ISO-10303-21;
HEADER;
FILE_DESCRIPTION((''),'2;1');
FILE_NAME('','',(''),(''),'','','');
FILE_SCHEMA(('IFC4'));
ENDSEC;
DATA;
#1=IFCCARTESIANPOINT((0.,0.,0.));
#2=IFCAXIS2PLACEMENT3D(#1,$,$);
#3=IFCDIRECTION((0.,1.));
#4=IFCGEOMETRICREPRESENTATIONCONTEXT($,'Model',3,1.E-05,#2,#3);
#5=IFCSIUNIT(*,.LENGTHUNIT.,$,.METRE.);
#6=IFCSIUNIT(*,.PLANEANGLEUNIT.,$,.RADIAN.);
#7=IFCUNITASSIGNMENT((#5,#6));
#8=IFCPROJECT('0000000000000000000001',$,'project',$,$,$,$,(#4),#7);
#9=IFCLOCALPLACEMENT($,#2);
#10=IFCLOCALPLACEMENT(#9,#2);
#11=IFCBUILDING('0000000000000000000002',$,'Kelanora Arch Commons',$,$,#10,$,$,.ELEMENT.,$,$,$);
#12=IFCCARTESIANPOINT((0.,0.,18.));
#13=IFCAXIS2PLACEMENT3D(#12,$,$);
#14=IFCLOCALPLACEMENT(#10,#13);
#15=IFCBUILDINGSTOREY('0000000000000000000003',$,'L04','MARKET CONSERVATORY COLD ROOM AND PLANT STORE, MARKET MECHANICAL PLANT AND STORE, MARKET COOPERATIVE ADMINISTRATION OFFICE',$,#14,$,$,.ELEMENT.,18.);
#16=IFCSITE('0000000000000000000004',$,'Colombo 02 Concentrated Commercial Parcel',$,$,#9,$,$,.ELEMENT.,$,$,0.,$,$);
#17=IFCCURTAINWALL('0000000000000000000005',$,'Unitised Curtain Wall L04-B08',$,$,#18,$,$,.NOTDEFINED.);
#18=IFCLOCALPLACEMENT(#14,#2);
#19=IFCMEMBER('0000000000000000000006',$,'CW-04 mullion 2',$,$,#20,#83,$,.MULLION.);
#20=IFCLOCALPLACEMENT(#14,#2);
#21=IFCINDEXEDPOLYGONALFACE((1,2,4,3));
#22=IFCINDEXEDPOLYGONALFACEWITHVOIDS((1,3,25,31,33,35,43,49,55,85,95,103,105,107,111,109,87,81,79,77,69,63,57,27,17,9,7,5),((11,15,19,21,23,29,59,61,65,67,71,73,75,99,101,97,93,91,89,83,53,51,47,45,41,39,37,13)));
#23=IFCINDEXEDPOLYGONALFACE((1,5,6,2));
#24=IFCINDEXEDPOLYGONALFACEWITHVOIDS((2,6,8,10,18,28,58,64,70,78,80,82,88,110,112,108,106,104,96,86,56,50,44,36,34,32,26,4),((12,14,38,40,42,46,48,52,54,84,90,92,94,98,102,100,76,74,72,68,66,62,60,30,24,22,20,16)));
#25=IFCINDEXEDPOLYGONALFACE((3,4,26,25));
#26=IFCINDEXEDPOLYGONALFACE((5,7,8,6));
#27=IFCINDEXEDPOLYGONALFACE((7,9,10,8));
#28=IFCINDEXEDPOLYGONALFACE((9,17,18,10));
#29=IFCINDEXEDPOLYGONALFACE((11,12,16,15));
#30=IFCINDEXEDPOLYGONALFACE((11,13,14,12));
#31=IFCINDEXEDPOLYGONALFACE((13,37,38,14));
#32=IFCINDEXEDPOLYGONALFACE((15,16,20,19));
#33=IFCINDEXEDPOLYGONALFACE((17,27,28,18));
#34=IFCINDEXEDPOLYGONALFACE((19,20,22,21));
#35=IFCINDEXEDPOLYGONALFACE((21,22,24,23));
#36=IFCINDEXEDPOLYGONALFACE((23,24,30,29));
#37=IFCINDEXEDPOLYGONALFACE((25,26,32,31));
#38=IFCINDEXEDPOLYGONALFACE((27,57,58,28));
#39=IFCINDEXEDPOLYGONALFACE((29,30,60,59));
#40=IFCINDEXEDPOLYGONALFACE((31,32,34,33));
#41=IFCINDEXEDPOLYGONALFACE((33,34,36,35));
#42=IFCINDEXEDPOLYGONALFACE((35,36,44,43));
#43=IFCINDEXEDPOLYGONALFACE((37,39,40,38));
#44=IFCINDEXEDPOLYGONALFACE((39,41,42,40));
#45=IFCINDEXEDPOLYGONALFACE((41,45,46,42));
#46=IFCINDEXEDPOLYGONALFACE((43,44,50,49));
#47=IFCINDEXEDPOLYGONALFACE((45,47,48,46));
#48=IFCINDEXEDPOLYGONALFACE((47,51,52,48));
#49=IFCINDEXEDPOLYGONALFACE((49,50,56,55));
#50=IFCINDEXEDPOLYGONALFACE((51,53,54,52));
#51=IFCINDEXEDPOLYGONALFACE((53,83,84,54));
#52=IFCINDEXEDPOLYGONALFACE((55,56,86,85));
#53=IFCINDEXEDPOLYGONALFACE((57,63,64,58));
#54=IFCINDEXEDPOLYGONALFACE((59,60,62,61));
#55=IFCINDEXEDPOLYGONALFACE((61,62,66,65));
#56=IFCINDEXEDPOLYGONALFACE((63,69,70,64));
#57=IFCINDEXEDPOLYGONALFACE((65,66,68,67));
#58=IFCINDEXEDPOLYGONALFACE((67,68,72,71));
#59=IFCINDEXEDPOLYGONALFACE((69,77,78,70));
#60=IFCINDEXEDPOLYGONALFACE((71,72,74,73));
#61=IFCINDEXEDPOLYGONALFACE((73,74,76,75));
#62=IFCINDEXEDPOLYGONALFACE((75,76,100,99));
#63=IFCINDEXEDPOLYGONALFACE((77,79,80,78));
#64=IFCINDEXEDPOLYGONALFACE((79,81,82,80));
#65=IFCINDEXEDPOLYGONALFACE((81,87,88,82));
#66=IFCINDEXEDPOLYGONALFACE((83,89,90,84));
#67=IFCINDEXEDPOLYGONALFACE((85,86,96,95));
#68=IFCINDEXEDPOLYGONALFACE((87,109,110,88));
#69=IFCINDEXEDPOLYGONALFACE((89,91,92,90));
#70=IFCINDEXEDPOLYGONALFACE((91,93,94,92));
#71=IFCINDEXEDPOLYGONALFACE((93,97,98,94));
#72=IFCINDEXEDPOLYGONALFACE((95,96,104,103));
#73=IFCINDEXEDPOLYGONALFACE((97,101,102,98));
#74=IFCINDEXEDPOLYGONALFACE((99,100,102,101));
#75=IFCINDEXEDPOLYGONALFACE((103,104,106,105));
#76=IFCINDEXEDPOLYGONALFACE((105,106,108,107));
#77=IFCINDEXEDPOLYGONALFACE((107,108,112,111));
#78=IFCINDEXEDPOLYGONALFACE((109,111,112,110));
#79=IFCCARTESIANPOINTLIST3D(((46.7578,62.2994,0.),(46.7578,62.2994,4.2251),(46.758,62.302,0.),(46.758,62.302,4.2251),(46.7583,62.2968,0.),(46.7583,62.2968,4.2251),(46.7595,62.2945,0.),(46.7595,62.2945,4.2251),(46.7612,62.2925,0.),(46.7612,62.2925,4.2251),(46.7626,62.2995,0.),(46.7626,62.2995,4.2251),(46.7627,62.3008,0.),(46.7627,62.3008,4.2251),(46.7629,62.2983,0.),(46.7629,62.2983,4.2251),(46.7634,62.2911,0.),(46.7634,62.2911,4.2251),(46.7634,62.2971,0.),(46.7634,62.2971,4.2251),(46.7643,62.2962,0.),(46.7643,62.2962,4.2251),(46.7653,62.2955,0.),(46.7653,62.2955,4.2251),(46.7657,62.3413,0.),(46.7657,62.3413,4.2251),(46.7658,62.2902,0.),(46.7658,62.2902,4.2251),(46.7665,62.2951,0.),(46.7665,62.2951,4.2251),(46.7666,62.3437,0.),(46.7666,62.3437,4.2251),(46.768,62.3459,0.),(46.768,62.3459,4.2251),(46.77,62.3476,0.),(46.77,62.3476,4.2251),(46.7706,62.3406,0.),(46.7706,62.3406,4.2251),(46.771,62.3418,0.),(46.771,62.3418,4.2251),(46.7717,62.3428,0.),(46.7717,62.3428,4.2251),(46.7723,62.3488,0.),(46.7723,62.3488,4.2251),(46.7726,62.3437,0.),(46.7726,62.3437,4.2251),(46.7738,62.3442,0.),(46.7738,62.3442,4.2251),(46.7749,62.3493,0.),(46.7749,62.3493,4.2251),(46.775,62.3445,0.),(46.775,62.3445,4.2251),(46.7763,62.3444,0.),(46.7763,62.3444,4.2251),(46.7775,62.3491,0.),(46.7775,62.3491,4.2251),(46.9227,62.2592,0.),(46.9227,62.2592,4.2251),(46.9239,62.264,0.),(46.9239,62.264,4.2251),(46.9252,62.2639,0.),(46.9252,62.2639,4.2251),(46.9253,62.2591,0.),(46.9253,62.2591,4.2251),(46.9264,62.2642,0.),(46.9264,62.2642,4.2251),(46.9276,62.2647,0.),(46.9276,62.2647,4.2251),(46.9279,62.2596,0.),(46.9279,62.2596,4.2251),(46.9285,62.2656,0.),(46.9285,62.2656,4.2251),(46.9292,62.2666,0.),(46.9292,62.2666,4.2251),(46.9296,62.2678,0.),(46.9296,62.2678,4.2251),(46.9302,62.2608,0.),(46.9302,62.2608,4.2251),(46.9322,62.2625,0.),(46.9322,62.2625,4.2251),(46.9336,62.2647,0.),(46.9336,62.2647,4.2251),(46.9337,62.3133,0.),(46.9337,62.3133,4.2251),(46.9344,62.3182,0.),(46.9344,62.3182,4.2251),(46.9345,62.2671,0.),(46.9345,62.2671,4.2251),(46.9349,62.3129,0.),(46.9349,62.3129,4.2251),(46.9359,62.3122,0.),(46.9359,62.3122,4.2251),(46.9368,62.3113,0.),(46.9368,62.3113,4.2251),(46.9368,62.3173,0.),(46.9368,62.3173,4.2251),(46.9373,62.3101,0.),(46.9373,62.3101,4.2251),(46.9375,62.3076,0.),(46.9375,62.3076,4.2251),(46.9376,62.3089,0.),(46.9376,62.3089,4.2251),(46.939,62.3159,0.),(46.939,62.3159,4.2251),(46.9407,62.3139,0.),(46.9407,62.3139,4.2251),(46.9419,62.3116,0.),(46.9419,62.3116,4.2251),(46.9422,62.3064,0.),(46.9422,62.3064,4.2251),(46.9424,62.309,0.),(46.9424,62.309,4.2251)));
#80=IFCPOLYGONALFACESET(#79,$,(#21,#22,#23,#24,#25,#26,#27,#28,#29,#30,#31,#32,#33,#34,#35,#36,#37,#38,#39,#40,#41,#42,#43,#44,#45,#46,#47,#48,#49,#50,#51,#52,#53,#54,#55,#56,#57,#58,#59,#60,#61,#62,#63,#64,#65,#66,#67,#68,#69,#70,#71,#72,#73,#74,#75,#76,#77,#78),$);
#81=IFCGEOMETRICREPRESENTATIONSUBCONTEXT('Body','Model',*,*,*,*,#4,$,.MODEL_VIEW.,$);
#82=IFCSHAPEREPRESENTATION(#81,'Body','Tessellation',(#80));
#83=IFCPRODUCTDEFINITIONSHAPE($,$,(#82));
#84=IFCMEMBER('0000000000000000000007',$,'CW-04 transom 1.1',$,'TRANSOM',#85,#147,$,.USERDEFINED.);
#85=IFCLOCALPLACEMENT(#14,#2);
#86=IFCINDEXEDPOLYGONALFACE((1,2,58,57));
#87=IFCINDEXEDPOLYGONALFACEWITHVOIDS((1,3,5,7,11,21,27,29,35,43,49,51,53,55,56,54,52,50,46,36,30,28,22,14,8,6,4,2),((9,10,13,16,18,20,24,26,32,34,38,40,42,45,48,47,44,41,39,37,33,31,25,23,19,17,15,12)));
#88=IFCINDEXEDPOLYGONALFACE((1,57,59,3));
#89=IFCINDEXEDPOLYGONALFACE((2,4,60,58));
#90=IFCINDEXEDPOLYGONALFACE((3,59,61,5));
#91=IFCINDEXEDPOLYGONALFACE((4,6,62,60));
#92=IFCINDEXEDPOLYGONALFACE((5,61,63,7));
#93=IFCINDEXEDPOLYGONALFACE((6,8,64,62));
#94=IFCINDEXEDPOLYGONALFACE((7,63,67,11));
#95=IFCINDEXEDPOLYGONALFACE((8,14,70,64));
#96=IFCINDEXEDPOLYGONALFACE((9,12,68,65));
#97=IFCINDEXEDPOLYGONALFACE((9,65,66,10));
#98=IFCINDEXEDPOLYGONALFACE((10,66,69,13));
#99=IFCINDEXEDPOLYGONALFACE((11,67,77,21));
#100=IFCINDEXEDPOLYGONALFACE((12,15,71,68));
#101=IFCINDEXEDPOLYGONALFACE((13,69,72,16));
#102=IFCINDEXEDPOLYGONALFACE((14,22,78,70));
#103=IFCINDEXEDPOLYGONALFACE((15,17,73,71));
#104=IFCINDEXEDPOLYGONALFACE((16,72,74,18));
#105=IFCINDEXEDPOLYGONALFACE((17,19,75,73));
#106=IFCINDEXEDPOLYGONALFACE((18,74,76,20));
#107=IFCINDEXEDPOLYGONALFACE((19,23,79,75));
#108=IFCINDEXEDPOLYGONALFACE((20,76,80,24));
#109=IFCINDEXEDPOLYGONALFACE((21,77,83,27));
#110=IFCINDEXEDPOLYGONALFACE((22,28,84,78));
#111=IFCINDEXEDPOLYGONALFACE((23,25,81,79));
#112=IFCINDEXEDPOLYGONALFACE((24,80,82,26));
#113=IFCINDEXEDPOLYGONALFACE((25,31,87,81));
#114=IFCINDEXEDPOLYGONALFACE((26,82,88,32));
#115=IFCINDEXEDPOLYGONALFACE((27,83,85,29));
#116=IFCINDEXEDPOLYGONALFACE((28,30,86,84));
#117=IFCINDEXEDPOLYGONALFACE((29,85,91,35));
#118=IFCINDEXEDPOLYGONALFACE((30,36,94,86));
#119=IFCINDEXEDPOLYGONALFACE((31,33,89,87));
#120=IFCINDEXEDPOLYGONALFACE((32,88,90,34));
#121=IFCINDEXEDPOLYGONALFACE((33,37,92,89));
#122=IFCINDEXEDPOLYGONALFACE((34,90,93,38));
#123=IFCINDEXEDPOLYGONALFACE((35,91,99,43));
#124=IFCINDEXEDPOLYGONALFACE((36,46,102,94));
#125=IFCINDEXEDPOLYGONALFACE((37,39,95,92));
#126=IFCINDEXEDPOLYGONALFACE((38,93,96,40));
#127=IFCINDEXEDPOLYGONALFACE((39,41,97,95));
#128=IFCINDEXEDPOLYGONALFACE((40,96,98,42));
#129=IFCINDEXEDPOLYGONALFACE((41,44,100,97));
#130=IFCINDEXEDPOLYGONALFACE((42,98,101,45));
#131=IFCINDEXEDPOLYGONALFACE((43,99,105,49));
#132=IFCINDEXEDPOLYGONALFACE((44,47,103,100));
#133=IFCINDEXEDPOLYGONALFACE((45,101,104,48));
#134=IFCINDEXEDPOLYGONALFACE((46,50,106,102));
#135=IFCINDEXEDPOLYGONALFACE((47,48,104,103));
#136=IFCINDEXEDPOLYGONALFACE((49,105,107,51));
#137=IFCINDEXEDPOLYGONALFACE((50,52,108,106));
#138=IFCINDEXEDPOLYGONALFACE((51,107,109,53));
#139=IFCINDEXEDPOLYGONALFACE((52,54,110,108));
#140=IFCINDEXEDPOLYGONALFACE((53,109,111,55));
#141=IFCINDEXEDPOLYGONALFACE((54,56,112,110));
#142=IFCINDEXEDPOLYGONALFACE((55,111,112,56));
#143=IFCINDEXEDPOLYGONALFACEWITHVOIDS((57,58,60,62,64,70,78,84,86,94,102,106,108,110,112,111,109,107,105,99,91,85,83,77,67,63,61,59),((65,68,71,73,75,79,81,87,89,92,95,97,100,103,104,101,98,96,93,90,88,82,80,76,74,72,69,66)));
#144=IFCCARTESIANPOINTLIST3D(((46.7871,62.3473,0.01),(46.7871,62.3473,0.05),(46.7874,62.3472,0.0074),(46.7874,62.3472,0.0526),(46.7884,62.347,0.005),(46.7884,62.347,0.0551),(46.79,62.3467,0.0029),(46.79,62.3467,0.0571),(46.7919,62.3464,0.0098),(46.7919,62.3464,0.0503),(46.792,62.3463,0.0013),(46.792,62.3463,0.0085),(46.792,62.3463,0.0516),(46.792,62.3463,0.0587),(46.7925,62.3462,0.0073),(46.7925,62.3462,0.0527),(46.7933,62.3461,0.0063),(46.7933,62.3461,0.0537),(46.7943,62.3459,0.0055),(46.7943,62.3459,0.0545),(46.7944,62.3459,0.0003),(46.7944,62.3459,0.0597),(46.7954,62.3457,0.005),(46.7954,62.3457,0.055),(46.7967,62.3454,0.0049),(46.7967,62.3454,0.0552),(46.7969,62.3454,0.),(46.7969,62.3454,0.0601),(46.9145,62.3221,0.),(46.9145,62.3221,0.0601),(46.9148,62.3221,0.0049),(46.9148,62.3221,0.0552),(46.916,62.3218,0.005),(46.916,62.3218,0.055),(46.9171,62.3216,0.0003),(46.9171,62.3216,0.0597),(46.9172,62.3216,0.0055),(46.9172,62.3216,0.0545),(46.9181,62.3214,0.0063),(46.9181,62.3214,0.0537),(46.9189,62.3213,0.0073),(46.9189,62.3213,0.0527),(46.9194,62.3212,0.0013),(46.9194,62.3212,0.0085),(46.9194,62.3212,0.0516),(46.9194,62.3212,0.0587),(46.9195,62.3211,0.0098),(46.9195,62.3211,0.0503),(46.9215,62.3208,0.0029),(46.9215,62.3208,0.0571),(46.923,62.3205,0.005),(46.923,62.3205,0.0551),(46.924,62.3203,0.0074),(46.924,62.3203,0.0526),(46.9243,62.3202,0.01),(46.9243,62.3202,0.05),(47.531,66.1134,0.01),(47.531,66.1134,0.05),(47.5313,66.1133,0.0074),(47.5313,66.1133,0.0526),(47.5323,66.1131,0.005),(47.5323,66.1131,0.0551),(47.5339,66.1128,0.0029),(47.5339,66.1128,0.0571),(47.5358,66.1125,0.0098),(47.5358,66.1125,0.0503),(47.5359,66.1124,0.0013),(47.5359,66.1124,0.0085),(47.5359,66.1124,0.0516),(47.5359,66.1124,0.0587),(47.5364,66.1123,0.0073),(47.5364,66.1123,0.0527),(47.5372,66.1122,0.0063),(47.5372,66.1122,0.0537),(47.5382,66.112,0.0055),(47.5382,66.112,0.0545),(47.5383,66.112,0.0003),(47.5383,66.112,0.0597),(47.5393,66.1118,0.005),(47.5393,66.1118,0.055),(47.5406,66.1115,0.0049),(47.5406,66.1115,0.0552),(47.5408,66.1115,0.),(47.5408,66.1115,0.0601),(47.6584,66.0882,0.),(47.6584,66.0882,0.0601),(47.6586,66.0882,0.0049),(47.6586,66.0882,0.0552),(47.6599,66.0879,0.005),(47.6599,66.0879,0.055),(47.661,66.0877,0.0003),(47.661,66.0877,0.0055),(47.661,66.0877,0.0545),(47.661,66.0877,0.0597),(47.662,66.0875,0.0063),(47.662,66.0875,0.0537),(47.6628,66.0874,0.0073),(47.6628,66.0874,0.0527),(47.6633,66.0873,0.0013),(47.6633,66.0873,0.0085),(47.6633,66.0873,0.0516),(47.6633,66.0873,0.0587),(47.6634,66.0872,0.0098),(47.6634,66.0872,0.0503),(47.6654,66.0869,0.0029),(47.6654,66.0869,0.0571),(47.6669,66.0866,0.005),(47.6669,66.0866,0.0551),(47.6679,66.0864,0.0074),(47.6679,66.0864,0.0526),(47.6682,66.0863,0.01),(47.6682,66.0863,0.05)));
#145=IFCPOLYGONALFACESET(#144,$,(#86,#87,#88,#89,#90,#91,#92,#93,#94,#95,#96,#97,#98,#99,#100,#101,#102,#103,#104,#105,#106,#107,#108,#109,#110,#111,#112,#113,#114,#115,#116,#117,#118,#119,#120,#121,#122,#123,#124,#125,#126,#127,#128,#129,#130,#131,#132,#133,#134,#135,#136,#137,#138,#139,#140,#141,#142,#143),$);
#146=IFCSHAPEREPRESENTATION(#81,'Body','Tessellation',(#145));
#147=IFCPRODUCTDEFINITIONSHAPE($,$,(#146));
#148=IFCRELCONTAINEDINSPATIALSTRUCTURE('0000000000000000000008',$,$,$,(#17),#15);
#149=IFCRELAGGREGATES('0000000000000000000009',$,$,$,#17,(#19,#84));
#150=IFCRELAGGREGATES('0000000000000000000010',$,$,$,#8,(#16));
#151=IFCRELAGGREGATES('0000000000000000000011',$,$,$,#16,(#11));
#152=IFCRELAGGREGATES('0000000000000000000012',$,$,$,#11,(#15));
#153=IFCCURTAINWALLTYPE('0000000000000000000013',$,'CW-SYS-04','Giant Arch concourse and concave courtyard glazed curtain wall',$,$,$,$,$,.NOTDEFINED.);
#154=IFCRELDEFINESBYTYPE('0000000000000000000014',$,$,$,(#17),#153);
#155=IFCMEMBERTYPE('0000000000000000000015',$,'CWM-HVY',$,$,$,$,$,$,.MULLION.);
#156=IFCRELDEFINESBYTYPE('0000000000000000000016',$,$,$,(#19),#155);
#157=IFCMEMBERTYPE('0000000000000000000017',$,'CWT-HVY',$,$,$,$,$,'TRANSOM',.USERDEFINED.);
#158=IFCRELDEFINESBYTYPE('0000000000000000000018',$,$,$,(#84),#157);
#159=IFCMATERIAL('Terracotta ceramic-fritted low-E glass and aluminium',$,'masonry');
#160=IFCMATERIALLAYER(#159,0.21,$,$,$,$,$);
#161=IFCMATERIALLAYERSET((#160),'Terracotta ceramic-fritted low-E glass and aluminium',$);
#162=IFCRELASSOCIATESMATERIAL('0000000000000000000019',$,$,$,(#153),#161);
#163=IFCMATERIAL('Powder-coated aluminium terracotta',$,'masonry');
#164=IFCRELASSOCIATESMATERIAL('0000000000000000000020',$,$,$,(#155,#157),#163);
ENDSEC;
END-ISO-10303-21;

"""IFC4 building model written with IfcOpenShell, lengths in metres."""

from ifc_helpers import new_model, si_unit, direction, frame, origin, origin_2d, place, context, subcontext, project, spatial, hollow_rectangle, extrude, material, layer, layer_set, material_profile, profile_set, type_object, element, aggregate, save


model = new_model("IFC4")

# Units and contexts
model_context = context("Model", 3, precision=1e-05, world=origin(), true_north=direction((0.0, 1.0)))
body_context = subcontext(model_context, "Body", "Model", "MODEL_VIEW")
ifc_project = project(units=[si_unit("LENGTHUNIT", "METRE"), si_unit("PLANEANGLEUNIT", "RADIAN")], contexts=[model_context])

# Site, building, storey
site_placement = place(None, origin())
site = spatial("IfcSite", under=ifc_project, at=site_placement, Name="Colombo 02 Concentrated Commercial Parcel", CompositionType="ELEMENT", RefElevation=0.0)
building_placement = place(site_placement, origin())
building = spatial("IfcBuilding", under=site, at=building_placement, Name="Kelanora Arch Commons", CompositionType="ELEMENT")
storey_placement = place(building_placement, frame((0.0, 0.0, 18.0)))
storey = spatial("IfcBuildingStorey", under=building, at=storey_placement, Name="L04", Description="MARKET CONSERVATORY COLD ROOM AND PLANT STORE, MARKET MECHANICAL PLANT AND STORE, MARKET COOPERATIVE ADMINISTRATION OFFICE", CompositionType="ELEMENT", Elevation=18.0)

# Curtain wall, members
ifc_material_1 = material(Name="Terracotta ceramic-fritted low-E glass and aluminium", Category="masonry")
ifc_layer_1 = layer(ifc_material_1, 0.21)
ifc_layer_set_1 = layer_set([ifc_layer_1], Name="Terracotta ceramic-fritted low-E glass and aluminium")
curtain_wall_type = type_object("IfcCurtainWallType", Name="CW-SYS-04", Description="Giant Arch concourse and concave courtyard glazed curtain wall", PredefinedType="NOTDEFINED", material=ifc_layer_set_1)
curtain_wall_placement = place(storey_placement, origin())
curtain_wall = element("IfcCurtainWall", 1, at=curtain_wall_placement, inside=storey, type_object=curtain_wall_type, Name="Unitised Curtain Wall L04-B08", PredefinedType="NOTDEFINED")
ifc_material_2 = material(Name="Powder-coated aluminium terracotta", Category="masonry")
ifc_material_profile_1 = material_profile(ifc_material_2, hollow_rectangle(XDim=0.1799, YDim=0.0601, WallThickness=0.0049, InnerFilletRadius=0.0049, OuterFilletRadius=0.01, at=origin_2d()), Name="CWM180x60")
ifc_profile_set_1 = profile_set([ifc_material_profile_1], Name="Powder-coated aluminium terracotta")
member_type_1 = type_object("IfcMemberType", Name="CWM-HVY", PredefinedType="MULLION", material=ifc_profile_set_1)
member_1_placement = place(storey_placement, frame((46.8501, 62.3042, 0.0), z_axis=(0.0, 0.0, 1.0), x_axis=(0.981054, -0.193737, 0.0)))
member_1 = element("IfcMember", 2, at=member_1_placement, type_object=member_type_1, Name="CW-04 mullion 2", PredefinedType="MULLION", context=body_context, shape_type="SweptSolid", body=[
    extrude(hollow_rectangle(XDim=0.1799, YDim=0.0601, WallThickness=0.0049, InnerFilletRadius=0.0049, OuterFilletRadius=0.01, at=origin_2d()), origin(), (0.0, 0.0, 1.0), 4.2251),
])
ifc_material_profile_2 = material_profile(ifc_material_2, hollow_rectangle(XDim=0.1399, YDim=0.0601, WallThickness=0.0049, InnerFilletRadius=0.0049, OuterFilletRadius=0.01, at=origin_2d()), Name="CWT140x60")
ifc_profile_set_2 = profile_set([ifc_material_profile_2], Name="Powder-coated aluminium terracotta")
member_type_2 = type_object("IfcMemberType", Name="CWT-HVY", ElementType="TRANSOM", PredefinedType="USERDEFINED", material=ifc_profile_set_2)
member_2_placement = place(storey_placement, frame((47.5996, 66.0999, 0.03), z_axis=(-0.19378, -0.981045, 0.0), x_axis=(0.981045, -0.19378, 0.0)))
member_2 = element("IfcMember", 3, at=member_2_placement, type_object=member_type_2, Name="CW-04 transom 1.1", ObjectType="TRANSOM", PredefinedType="USERDEFINED", context=body_context, shape_type="SweptSolid", body=[
    extrude(hollow_rectangle(XDim=0.1399, YDim=0.0601, WallThickness=0.0049, InnerFilletRadius=0.0049, OuterFilletRadius=0.01, at=origin_2d()), origin(), (0.0, 0.0, 1.0), 3.8389),
])
aggregate(curtain_wall, [member_1, member_2])

save(model, "model.ifc")
